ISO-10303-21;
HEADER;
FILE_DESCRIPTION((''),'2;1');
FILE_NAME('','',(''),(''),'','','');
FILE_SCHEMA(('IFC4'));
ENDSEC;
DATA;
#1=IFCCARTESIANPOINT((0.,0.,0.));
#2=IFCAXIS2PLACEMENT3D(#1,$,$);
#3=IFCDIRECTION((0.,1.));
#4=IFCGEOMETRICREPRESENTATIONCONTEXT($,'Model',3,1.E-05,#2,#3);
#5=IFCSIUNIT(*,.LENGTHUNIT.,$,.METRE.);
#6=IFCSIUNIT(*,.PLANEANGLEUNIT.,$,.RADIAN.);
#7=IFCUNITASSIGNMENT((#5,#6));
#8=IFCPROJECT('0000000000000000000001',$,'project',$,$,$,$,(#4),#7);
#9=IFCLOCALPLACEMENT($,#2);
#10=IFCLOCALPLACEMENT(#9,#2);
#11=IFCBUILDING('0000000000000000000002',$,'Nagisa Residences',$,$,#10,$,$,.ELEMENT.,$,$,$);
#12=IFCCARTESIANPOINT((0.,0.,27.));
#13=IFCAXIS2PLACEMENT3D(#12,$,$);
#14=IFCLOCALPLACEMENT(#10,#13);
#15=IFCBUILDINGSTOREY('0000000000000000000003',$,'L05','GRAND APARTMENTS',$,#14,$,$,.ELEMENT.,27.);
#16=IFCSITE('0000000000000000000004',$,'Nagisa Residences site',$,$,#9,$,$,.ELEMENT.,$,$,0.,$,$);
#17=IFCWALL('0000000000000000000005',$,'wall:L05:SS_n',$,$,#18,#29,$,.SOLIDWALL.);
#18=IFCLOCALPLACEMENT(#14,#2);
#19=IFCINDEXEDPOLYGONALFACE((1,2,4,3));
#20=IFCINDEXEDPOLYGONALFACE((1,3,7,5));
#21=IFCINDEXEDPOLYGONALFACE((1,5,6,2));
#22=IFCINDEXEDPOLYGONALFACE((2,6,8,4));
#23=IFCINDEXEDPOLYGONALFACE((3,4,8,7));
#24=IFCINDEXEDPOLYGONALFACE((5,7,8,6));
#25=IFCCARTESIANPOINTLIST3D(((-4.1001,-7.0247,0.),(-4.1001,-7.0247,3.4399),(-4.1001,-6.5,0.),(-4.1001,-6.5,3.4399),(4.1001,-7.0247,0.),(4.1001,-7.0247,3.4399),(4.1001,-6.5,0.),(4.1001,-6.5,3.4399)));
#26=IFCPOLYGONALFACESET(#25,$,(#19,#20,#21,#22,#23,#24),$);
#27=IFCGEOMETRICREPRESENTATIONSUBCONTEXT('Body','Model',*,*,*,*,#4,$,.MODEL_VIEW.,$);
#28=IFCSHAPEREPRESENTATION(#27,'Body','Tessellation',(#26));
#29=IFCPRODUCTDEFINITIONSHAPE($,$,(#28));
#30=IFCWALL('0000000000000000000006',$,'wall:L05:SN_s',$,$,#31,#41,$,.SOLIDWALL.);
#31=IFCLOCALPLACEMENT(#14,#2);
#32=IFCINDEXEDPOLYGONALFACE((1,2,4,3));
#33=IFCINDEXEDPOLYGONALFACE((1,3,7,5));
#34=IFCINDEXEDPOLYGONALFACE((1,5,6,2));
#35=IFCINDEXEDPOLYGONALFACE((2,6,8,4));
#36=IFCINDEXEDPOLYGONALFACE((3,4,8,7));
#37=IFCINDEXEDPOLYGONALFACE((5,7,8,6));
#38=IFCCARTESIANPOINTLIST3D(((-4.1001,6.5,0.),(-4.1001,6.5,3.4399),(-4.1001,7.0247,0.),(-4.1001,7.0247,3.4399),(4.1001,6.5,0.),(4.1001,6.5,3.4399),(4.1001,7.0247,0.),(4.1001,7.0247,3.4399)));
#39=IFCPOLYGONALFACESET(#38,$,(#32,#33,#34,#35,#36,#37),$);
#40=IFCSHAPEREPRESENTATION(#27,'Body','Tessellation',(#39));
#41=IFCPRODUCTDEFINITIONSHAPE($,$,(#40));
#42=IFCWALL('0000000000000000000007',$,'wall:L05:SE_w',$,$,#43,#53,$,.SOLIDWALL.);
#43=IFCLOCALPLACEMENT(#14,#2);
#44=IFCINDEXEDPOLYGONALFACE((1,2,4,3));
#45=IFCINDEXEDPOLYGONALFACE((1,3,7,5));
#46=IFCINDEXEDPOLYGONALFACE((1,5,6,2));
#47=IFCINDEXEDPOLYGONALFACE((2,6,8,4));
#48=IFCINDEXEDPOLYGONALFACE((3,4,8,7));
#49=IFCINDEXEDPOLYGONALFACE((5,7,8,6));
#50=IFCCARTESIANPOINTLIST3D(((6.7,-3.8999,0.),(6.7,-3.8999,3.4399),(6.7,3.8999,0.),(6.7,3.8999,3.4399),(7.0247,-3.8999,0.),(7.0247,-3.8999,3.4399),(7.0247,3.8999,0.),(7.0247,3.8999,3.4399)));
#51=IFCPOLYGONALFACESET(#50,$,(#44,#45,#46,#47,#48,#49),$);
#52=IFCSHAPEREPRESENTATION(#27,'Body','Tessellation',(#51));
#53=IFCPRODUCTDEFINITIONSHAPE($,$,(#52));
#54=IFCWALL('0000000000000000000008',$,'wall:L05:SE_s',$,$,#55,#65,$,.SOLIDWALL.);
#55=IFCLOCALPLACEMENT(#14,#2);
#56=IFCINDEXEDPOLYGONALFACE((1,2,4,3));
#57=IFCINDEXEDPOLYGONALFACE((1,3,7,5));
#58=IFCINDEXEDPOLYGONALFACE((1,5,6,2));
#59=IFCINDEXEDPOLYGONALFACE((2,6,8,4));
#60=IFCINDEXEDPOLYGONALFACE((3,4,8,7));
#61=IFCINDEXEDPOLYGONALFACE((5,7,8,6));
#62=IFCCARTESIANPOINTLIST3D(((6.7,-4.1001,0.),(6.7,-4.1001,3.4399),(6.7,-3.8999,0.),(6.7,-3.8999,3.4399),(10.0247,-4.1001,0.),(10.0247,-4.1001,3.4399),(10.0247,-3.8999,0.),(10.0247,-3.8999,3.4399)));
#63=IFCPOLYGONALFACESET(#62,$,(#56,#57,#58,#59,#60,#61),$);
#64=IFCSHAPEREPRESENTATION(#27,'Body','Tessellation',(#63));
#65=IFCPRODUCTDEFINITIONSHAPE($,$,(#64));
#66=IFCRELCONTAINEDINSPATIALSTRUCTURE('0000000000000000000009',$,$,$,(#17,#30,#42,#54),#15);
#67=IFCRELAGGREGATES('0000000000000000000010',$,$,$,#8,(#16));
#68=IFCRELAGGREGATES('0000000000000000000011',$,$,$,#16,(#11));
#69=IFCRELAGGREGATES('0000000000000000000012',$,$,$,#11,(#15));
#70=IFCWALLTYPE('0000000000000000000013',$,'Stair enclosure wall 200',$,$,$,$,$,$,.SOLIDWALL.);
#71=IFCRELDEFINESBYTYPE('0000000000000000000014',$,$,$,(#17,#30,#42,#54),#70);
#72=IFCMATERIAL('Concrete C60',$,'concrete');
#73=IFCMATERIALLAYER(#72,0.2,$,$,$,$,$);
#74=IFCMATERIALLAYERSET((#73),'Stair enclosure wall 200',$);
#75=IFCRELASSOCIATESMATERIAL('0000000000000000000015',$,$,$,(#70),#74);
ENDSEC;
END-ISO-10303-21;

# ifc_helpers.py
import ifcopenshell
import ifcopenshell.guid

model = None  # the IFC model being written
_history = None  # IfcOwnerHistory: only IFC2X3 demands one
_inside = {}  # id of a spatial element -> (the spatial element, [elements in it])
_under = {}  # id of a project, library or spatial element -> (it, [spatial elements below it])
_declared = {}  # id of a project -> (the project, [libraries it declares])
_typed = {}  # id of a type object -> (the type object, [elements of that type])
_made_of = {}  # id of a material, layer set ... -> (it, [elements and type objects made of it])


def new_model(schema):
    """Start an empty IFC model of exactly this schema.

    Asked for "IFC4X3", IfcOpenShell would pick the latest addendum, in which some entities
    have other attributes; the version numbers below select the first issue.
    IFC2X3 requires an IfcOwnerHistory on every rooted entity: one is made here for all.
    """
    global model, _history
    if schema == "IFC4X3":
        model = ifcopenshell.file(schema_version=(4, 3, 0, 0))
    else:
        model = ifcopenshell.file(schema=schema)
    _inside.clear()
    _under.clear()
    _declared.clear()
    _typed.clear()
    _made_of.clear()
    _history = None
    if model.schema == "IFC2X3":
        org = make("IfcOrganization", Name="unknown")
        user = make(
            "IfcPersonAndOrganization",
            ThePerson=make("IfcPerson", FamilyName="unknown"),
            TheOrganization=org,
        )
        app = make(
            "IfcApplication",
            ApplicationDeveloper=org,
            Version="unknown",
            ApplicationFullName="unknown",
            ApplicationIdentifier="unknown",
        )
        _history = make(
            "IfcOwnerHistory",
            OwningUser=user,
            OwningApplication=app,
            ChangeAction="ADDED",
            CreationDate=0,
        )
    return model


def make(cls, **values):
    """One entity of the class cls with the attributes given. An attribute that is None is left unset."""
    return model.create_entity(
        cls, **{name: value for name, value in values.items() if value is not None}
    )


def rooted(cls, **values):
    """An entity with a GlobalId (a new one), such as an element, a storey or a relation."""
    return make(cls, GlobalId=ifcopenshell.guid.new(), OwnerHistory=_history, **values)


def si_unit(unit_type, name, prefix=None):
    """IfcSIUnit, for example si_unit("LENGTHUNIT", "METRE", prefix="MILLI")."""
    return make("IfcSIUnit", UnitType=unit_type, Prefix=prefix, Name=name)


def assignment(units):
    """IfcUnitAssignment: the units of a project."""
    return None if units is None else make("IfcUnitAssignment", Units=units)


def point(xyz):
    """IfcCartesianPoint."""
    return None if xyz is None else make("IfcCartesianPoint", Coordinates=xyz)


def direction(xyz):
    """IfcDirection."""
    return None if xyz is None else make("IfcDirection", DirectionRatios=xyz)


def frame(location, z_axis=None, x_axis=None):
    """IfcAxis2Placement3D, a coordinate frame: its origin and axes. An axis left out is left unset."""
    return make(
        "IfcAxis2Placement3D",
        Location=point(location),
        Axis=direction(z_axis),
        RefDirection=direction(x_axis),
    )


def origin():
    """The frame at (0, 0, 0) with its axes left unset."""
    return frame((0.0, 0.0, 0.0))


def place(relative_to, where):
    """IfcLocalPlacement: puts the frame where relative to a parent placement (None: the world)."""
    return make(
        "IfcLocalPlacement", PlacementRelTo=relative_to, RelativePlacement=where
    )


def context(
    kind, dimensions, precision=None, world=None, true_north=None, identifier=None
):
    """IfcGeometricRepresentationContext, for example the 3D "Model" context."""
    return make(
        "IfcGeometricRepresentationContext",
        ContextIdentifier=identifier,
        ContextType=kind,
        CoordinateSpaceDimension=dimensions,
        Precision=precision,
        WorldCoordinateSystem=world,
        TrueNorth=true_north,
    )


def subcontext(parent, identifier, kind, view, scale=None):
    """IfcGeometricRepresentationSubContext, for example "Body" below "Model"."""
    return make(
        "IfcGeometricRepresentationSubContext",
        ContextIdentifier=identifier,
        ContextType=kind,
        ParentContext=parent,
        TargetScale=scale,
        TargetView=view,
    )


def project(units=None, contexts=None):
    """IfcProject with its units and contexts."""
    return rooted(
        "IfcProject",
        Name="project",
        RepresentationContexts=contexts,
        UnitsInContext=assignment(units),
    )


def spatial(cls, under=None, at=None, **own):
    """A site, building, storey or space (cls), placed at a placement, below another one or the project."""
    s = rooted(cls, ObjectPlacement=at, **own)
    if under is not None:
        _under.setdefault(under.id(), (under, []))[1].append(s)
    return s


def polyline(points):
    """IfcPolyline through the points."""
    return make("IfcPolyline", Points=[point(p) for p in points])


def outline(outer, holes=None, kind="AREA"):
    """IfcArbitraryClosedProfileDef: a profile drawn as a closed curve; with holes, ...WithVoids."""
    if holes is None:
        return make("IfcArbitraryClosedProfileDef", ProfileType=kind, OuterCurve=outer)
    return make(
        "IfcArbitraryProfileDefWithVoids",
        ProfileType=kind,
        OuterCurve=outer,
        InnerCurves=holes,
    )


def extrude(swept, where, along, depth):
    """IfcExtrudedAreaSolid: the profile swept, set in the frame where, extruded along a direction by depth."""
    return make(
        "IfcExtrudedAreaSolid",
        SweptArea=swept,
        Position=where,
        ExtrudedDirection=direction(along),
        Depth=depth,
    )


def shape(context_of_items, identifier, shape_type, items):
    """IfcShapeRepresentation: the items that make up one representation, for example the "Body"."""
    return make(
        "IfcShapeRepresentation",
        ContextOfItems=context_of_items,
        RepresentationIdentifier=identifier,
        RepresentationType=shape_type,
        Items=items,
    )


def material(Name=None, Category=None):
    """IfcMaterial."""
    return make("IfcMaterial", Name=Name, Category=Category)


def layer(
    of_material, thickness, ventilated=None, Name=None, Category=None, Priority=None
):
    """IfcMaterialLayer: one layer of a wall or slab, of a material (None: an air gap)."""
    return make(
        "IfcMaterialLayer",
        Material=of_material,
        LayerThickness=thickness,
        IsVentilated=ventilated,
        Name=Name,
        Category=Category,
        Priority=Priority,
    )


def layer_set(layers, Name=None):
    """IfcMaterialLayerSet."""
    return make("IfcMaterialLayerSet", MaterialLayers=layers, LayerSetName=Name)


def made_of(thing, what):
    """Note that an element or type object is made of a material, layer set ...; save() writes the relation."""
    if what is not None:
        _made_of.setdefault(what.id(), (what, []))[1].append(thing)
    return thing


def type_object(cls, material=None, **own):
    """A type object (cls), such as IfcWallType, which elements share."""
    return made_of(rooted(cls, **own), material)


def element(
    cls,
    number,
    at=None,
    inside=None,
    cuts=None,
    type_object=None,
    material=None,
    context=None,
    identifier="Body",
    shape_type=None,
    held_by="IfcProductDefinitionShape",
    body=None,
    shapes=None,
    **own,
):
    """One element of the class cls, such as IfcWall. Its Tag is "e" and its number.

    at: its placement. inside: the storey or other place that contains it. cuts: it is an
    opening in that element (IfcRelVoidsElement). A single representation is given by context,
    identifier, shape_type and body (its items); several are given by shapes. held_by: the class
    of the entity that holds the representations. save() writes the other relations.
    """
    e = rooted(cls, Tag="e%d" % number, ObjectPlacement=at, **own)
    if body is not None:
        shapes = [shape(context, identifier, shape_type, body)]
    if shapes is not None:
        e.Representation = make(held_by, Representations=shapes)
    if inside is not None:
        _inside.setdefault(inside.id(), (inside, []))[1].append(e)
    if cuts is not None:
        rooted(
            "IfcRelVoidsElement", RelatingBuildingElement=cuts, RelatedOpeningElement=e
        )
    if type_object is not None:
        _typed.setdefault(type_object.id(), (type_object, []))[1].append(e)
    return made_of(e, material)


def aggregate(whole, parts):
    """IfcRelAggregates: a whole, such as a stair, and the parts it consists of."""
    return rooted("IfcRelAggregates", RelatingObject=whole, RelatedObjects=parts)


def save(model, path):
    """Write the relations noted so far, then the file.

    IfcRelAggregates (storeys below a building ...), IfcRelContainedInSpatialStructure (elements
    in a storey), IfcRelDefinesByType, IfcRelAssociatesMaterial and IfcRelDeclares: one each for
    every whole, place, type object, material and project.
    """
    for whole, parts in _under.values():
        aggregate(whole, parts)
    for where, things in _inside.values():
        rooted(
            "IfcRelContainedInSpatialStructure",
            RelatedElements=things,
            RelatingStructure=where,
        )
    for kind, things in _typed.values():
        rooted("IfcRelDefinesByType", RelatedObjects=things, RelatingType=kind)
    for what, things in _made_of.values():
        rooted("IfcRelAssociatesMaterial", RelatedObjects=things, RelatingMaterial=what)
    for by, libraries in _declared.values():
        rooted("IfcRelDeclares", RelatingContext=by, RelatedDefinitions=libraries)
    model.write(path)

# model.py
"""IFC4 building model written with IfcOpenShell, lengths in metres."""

from ifc_helpers import new_model, si_unit, direction, frame, origin, place, context, subcontext, project, spatial, polyline, outline, extrude, material, layer, layer_set, type_object, element, save


model = new_model("IFC4")

# Units and contexts
model_context = context("Model", 3, precision=1e-05, world=origin(), true_north=direction((0.0, 1.0)))
body_context = subcontext(model_context, "Body", "Model", "MODEL_VIEW")
ifc_project = project(units=[si_unit("LENGTHUNIT", "METRE"), si_unit("PLANEANGLEUNIT", "RADIAN")], contexts=[model_context])

# Site, building, storey
site_placement = place(None, origin())
site = spatial("IfcSite", under=ifc_project, at=site_placement, Name="Nagisa Residences site", CompositionType="ELEMENT", RefElevation=0.0)
building_placement = place(site_placement, origin())
building = spatial("IfcBuilding", under=site, at=building_placement, Name="Nagisa Residences", CompositionType="ELEMENT")
storey_placement = place(building_placement, frame((0.0, 0.0, 27.0)))
storey = spatial("IfcBuildingStorey", under=building, at=storey_placement, Name="L05", Description="GRAND APARTMENTS", CompositionType="ELEMENT", Elevation=27.0)

# Walls
ifc_material_1 = material(Name="Concrete C60", Category="concrete")
ifc_layer_1 = layer(ifc_material_1, 0.2)
ifc_layer_set_1 = layer_set([ifc_layer_1], Name="Stair enclosure wall 200")
wall_type_1 = type_object("IfcWallType", Name="Stair enclosure wall 200", PredefinedType="SOLIDWALL", material=ifc_layer_set_1)
wall_1_placement = place(storey_placement, origin())
element("IfcWall", 1, at=wall_1_placement, inside=storey, type_object=wall_type_1, Name="wall:L05:SS_n", PredefinedType="SOLIDWALL", context=body_context, shape_type="SweptSolid", body=[
    extrude(outline(polyline([(4.1001, -7.0247), (-4.1001, -7.0247), (-4.1001, -6.5), (4.1001, -6.5), (4.1001, -7.0247)])), origin(), (0.0, 0.0, 1.0), 3.4399),
])
wall_2_placement = place(storey_placement, origin())
element("IfcWall", 2, at=wall_2_placement, inside=storey, type_object=wall_type_1, Name="wall:L05:SN_s", PredefinedType="SOLIDWALL", context=body_context, shape_type="SweptSolid", body=[
    extrude(outline(polyline([(4.1001, 6.5), (-4.1001, 6.5), (-4.1001, 7.0247), (4.1001, 7.0247), (4.1001, 6.5)])), origin(), (0.0, 0.0, 1.0), 3.4399),
])
wall_3_placement = place(storey_placement, origin())
element("IfcWall", 3, at=wall_3_placement, inside=storey, type_object=wall_type_1, Name="wall:L05:SE_w", PredefinedType="SOLIDWALL", context=body_context, shape_type="SweptSolid", body=[
    extrude(outline(polyline([(7.0247, -3.8999), (6.7, -3.8999), (6.7, 3.8999), (7.0247, 3.8999), (7.0247, -3.8999)])), origin(), (0.0, 0.0, 1.0), 3.4399),
])
wall_4_placement = place(storey_placement, origin())
element("IfcWall", 4, at=wall_4_placement, inside=storey, type_object=wall_type_1, Name="wall:L05:SE_s", PredefinedType="SOLIDWALL", context=body_context, shape_type="SweptSolid", body=[
    extrude(outline(polyline([(10.0247, -4.1001), (6.7, -4.1001), (6.7, -3.8999), (10.0247, -3.8999), (10.0247, -4.1001)])), origin(), (0.0, 0.0, 1.0), 3.4399),
])

save(model, "model.ifc")
